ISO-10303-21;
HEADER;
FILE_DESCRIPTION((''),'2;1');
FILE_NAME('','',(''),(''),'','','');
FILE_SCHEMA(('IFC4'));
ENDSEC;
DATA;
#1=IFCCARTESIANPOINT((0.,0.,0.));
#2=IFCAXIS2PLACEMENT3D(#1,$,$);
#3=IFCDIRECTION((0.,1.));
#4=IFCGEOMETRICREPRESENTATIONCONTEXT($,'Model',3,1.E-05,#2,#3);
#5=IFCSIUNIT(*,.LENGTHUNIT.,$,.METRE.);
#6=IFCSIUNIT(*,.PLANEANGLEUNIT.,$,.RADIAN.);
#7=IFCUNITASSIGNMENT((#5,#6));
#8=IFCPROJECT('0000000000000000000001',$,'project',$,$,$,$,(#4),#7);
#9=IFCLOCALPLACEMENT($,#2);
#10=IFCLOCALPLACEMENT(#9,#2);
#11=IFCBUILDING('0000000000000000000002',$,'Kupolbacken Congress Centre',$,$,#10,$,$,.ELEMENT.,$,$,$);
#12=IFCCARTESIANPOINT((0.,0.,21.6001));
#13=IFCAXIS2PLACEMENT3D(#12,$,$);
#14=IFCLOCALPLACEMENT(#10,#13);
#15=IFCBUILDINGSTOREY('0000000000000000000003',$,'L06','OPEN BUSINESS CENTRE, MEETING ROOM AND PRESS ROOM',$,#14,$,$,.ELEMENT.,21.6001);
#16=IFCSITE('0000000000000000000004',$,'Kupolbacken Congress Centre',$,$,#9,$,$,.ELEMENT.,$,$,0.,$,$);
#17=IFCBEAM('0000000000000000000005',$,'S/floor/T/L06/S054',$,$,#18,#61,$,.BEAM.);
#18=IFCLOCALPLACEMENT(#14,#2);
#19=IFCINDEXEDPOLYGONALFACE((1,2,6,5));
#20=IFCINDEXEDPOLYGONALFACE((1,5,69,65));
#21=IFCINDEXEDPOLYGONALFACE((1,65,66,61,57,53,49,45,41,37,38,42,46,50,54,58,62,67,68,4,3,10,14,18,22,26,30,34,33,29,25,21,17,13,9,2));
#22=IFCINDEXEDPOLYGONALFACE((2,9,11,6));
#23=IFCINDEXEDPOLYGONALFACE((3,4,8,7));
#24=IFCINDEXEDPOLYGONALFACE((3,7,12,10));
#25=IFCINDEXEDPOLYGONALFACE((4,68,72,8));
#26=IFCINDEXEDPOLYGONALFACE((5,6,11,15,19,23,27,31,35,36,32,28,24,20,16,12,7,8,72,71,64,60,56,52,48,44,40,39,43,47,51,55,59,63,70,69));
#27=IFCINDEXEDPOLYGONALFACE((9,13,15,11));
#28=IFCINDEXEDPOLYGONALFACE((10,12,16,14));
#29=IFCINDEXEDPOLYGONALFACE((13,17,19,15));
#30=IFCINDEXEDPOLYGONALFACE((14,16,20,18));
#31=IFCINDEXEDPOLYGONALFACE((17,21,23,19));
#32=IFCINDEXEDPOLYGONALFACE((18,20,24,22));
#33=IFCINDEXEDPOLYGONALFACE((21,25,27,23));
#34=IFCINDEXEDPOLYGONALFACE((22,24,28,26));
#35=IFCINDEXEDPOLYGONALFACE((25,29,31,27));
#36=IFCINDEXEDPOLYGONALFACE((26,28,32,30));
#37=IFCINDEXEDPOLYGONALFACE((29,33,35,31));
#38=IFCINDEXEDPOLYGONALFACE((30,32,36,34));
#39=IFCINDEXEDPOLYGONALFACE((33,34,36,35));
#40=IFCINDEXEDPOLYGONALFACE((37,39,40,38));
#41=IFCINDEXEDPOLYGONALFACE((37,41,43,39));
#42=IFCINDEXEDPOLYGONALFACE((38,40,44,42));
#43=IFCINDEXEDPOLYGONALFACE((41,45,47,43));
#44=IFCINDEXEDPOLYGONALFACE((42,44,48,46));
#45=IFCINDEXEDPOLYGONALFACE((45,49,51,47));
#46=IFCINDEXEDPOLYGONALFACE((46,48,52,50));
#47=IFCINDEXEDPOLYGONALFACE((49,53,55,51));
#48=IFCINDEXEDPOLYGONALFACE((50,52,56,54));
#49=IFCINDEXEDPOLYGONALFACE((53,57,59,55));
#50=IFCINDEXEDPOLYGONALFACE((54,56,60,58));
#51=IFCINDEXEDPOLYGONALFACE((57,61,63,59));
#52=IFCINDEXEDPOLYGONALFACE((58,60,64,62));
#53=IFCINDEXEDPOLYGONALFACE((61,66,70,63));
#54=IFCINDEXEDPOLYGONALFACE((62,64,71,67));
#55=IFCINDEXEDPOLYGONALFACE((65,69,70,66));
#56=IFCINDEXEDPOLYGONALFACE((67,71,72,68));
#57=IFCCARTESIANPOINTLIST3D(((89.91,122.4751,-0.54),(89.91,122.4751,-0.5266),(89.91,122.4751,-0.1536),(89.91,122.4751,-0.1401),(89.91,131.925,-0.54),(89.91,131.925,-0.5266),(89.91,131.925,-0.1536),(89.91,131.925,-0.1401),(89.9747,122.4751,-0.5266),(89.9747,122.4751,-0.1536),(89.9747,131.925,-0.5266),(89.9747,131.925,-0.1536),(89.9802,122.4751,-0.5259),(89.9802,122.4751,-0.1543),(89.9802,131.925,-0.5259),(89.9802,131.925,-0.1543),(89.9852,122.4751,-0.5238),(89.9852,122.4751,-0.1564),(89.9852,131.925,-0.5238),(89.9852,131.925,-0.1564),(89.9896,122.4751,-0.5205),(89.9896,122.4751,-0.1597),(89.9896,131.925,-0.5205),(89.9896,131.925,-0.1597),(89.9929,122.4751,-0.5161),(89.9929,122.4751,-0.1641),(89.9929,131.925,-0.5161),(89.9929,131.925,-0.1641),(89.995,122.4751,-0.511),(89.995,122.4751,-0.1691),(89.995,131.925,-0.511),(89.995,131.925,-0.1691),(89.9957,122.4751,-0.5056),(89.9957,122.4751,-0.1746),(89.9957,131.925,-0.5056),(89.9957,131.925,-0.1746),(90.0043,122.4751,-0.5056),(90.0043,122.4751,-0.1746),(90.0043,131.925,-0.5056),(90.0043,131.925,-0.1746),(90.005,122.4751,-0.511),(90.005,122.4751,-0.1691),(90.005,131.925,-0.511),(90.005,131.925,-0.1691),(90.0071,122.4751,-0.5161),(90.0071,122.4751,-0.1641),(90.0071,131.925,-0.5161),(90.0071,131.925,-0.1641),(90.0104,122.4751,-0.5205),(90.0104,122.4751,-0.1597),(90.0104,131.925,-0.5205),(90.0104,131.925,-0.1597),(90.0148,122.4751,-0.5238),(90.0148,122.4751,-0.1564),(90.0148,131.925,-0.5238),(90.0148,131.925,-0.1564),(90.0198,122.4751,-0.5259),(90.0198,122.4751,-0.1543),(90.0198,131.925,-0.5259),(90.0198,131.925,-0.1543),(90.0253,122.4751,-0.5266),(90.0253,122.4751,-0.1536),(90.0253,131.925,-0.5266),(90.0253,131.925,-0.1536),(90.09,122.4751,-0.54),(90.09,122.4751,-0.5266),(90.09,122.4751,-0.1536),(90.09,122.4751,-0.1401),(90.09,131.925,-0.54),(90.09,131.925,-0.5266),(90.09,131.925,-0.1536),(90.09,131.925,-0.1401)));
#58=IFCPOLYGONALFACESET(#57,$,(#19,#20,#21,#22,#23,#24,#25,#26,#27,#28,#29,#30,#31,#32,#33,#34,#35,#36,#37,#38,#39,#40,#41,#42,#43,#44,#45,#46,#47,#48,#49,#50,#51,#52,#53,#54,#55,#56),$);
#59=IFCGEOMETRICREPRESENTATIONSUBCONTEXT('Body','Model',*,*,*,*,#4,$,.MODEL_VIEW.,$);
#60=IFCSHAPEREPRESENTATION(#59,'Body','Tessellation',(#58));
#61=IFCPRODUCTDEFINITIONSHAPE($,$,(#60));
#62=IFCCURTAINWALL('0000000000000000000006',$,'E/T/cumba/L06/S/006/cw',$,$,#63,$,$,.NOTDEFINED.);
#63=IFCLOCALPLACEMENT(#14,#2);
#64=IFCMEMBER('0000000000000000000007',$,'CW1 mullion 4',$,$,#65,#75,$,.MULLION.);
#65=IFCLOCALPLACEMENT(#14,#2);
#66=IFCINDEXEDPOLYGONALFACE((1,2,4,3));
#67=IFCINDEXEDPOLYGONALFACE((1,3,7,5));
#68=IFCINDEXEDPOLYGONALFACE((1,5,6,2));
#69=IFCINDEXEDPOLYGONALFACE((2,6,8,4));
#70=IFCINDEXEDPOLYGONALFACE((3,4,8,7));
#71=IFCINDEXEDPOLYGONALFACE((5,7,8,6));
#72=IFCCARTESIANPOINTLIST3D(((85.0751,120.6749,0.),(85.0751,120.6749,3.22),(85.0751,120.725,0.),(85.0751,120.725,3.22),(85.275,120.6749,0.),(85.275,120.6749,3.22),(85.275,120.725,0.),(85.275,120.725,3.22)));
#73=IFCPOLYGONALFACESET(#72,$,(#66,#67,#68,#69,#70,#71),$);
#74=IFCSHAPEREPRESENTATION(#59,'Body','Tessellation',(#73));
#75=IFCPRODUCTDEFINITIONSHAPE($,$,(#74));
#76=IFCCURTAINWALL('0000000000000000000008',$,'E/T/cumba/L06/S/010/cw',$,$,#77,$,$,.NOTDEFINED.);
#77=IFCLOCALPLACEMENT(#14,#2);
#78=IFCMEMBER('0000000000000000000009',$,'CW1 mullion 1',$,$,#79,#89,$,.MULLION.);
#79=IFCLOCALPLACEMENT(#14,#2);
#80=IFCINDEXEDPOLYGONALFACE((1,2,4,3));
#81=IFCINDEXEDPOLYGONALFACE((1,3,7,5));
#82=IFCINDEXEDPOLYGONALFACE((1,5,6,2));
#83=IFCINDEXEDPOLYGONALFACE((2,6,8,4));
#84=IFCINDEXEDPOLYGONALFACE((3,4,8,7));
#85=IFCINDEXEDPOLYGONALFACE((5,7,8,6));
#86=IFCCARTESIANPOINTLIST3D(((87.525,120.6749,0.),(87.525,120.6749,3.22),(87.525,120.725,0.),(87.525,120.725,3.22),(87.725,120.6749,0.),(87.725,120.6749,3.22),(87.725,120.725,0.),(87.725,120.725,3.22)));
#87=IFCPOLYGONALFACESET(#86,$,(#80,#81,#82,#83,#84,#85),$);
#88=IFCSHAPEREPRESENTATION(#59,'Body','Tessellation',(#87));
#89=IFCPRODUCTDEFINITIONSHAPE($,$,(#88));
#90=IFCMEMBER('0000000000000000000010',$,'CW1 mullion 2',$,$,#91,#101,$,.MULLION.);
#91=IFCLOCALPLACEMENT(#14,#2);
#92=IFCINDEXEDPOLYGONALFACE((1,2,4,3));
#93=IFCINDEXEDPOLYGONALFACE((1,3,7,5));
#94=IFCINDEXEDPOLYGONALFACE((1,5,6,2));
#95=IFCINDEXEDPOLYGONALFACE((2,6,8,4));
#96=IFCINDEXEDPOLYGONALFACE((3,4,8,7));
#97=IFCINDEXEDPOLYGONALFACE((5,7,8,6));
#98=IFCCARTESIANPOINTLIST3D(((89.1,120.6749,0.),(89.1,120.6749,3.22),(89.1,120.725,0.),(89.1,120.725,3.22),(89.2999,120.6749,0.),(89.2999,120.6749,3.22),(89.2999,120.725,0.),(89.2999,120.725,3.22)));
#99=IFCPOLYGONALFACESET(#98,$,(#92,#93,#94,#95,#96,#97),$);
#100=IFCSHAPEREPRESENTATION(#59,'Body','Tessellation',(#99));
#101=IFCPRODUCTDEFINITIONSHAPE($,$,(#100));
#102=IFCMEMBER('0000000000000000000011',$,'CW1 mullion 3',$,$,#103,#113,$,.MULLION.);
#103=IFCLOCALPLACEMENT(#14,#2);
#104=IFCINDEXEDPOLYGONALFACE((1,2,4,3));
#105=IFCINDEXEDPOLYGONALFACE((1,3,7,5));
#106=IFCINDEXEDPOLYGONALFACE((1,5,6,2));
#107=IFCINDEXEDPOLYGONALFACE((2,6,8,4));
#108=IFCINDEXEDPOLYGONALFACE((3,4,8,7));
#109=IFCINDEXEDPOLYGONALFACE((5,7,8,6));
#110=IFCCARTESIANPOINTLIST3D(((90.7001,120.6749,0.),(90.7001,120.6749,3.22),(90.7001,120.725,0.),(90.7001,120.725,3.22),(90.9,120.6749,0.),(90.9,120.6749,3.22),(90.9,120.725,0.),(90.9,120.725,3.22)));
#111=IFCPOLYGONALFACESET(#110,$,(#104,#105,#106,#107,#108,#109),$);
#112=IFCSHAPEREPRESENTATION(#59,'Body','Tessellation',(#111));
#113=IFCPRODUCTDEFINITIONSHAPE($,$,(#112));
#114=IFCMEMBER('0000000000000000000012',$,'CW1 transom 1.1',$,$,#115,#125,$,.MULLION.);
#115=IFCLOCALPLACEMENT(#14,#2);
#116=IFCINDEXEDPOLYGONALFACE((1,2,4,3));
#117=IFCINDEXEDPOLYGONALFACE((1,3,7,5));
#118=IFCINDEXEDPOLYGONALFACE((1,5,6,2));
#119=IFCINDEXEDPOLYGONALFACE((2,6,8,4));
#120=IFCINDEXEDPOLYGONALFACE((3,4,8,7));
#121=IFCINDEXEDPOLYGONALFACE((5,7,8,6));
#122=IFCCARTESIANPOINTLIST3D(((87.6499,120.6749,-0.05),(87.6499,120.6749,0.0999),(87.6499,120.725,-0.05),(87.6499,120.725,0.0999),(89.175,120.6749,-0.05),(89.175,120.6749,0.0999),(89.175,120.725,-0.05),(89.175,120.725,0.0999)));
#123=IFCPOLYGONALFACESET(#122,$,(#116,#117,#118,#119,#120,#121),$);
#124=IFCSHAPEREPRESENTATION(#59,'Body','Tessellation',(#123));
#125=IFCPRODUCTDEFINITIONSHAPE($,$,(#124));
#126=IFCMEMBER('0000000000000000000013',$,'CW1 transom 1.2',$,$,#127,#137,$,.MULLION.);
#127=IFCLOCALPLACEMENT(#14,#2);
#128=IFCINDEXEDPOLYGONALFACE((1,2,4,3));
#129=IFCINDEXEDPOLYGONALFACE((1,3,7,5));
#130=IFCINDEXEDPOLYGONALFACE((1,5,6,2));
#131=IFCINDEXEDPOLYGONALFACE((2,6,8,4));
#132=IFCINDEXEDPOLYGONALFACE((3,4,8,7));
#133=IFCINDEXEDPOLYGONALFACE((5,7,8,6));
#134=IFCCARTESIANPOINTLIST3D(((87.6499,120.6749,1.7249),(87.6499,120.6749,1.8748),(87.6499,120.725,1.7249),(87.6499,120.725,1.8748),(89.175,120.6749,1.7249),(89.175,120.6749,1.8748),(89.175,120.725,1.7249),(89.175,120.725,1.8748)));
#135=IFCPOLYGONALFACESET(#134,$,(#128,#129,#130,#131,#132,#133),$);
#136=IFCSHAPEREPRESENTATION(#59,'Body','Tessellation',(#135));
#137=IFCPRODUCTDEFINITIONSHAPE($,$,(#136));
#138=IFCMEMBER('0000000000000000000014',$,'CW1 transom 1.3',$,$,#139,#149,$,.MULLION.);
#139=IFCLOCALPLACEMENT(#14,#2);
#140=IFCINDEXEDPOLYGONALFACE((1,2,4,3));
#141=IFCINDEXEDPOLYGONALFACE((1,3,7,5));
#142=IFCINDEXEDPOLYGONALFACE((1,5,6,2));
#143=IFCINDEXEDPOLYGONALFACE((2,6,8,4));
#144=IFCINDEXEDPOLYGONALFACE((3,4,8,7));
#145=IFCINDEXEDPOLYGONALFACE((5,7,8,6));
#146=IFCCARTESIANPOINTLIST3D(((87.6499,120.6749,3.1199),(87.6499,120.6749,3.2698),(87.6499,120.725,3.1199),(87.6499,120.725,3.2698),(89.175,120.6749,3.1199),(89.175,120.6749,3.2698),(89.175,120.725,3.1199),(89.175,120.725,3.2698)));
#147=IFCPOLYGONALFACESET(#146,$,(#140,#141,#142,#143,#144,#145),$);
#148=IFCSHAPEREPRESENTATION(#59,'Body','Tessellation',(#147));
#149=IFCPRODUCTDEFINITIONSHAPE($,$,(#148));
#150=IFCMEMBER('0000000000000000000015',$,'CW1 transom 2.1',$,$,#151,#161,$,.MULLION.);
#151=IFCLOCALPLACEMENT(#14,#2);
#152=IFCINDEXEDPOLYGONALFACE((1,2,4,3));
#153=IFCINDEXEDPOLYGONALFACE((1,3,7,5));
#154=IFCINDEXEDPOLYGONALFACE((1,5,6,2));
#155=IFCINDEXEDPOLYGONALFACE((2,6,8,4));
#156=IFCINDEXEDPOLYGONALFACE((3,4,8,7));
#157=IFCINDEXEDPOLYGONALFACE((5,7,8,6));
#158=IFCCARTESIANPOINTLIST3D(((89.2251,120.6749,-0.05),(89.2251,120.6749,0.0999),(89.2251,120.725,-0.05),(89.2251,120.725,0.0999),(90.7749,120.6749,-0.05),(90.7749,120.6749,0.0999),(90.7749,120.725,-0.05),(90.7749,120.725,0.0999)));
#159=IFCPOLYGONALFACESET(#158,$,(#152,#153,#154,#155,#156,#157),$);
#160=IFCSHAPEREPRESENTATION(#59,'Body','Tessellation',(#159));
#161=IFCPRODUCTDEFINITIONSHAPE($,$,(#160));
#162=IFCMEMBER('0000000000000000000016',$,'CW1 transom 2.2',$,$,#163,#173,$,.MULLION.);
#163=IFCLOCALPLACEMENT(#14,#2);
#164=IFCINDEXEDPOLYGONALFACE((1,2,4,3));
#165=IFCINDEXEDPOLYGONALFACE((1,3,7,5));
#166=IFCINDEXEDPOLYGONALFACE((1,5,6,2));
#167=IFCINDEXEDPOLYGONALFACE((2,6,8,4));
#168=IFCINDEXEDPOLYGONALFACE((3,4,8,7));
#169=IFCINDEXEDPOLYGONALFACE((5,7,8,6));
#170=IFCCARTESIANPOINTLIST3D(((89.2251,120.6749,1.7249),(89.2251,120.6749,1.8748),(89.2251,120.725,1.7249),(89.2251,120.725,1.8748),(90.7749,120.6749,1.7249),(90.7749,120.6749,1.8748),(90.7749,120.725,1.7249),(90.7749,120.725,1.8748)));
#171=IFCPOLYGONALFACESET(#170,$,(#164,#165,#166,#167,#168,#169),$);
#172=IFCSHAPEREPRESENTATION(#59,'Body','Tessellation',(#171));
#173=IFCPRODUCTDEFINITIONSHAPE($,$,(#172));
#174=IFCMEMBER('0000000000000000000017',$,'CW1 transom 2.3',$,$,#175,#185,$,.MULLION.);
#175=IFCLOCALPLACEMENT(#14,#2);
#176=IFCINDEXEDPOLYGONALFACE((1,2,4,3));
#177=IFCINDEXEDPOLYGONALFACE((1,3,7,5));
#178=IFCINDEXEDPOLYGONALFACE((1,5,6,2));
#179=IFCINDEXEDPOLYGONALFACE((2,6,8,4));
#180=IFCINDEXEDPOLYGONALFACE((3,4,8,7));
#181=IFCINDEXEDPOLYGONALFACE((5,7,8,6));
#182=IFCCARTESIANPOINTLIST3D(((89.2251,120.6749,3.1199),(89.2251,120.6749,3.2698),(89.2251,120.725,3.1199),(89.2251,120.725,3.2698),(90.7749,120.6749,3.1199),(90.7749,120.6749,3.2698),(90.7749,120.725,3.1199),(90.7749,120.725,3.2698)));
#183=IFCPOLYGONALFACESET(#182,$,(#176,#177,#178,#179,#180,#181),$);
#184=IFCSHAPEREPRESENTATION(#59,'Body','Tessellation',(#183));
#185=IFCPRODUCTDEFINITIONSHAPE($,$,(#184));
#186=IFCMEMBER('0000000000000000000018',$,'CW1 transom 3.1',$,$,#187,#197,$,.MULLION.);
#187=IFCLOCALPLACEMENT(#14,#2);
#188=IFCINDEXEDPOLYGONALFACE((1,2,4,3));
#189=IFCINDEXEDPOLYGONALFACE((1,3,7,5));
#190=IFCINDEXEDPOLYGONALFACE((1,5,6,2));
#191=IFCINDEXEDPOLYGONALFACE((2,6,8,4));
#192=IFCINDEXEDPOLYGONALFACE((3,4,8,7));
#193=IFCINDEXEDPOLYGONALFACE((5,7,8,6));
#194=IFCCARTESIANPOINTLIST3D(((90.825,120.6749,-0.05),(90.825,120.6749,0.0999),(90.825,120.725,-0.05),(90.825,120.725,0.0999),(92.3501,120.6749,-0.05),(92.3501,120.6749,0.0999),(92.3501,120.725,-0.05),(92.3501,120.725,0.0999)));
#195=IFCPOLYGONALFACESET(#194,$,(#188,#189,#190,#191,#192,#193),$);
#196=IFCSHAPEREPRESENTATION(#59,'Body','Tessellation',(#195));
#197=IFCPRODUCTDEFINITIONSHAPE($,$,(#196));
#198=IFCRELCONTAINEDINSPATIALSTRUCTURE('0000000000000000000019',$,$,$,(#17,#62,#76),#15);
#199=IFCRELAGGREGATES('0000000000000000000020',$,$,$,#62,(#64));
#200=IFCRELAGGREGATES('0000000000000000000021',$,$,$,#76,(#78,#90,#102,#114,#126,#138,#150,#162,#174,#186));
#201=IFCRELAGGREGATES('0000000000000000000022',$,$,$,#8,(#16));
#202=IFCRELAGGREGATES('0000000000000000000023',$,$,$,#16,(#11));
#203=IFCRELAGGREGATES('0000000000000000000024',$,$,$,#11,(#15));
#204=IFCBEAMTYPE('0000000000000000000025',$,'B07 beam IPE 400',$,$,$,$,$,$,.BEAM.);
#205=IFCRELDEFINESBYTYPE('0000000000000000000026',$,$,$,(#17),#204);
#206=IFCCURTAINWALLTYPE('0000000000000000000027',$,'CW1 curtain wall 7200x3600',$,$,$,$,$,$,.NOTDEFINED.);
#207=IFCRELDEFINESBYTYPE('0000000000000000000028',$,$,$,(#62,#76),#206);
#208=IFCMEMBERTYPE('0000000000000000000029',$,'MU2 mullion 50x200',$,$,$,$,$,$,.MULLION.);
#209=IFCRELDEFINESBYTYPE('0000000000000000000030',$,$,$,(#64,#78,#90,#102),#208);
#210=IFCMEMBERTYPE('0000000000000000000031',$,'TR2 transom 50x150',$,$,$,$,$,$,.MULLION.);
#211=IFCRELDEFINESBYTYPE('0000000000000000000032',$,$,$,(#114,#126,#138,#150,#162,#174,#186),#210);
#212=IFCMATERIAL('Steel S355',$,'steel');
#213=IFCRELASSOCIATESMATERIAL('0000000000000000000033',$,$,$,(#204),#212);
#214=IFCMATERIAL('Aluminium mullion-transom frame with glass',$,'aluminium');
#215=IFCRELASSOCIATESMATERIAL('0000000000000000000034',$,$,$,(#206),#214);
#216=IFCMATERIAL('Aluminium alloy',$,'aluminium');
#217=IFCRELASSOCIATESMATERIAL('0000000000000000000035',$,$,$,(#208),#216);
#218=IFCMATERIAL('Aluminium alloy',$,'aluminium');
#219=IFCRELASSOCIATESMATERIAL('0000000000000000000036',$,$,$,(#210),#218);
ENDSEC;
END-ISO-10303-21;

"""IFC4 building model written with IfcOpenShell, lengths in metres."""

from ifc_helpers import new_model, si_unit, direction, frame, origin, origin_2d, place, context, subcontext, project, spatial, rectangle, i_section, extrude, material, material_profile, profile_set, type_object, element, aggregate, save


model = new_model("IFC4")

# Units and contexts
model_context = context("Model", 3, precision=1e-05, world=origin(), true_north=direction((0.0, 1.0)))
body_context = subcontext(model_context, "Body", "Model", "MODEL_VIEW")
ifc_project = project(units=[si_unit("LENGTHUNIT", "METRE"), si_unit("PLANEANGLEUNIT", "RADIAN")], contexts=[model_context])

# Site, building, storey
site_placement = place(None, origin())
site = spatial("IfcSite", under=ifc_project, at=site_placement, Name="Kupolbacken Congress Centre", CompositionType="ELEMENT", RefElevation=0.0)
building_placement = place(site_placement, origin())
building = spatial("IfcBuilding", under=site, at=building_placement, Name="Kupolbacken Congress Centre", CompositionType="ELEMENT")
storey_placement = place(building_placement, frame((0.0, 0.0, 21.6001)))
storey = spatial("IfcBuildingStorey", under=building, at=storey_placement, Name="L06", Description="OPEN BUSINESS CENTRE, MEETING ROOM AND PRESS ROOM", CompositionType="ELEMENT", Elevation=21.6001)

# Beam
ifc_material_1 = material(Name="Steel S355", Category="steel")
ifc_material_profile_1 = material_profile(ifc_material_1, i_section(OverallWidth=0.1799, OverallDepth=0.3999, WebThickness=0.0085, FlangeThickness=0.0134, FilletRadius=0.021, at=origin_2d()), Name="IPE 400")
ifc_profile_set_1 = profile_set([ifc_material_profile_1], Name="Steel S355")
beam_type_1 = type_object("IfcBeamType", Name="B07 beam IPE 400", PredefinedType="BEAM", material=ifc_profile_set_1)
beam_1_placement = place(storey_placement, frame((90.0, 122.4751, -0.3401), z_axis=(0.0, 1.0, 0.0), x_axis=(-1.0, 0.0, 0.0)))
element("IfcBeam", 1, at=beam_1_placement, inside=storey, type_object=beam_type_1, Name="S/floor/T/L06/S054", PredefinedType="BEAM", context=body_context, shape_type="SweptSolid", body=[
    extrude(i_section(OverallWidth=0.1799, OverallDepth=0.3999, WebThickness=0.0085, FlangeThickness=0.0134, FilletRadius=0.021, at=origin_2d()), origin(), (0.0, 0.0, 1.0), 9.45),
])

# Curtain wall, member
ifc_material_2 = material(Name="Aluminium mullion-transom frame with glass", Category="aluminium")
curtain_wall_type = type_object("IfcCurtainWallType", Name="CW1 curtain wall 7200x3600", PredefinedType="NOTDEFINED", material=ifc_material_2)
curtain_wall_1_placement = place(storey_placement, origin())
curtain_wall_1 = element("IfcCurtainWall", 2, at=curtain_wall_1_placement, inside=storey, type_object=curtain_wall_type, Name="E/T/cumba/L06/S/006/cw", PredefinedType="NOTDEFINED")
ifc_material_3 = material(Name="Aluminium alloy", Category="aluminium")
ifc_material_profile_2 = material_profile(ifc_material_3, rectangle(XDim=0.05, YDim=0.2, at=origin_2d()), Name="50 x 200")
ifc_profile_set_2 = profile_set([ifc_material_profile_2], Name="Aluminium alloy")
member_type_1 = type_object("IfcMemberType", Name="MU2 mullion 50x200", PredefinedType="MULLION", material=ifc_profile_set_2)
member_1_placement = place(storey_placement, frame((85.175, 120.7, 0.0), z_axis=(0.0, 0.0, 1.0), x_axis=(0.0, 1.0, 0.0)))
member_1 = element("IfcMember", 3, at=member_1_placement, type_object=member_type_1, Name="CW1 mullion 4", PredefinedType="MULLION", context=body_context, shape_type="SweptSolid", body=[
    extrude(rectangle(XDim=0.05, YDim=0.2, at=origin_2d()), origin(), (0.0, 0.0, 1.0), 3.22),
])
aggregate(curtain_wall_1, [member_1])

# Curtain wall, members
curtain_wall_2_placement = place(storey_placement, origin())
curtain_wall_2 = element("IfcCurtainWall", 4, at=curtain_wall_2_placement, inside=storey, type_object=curtain_wall_type, Name="E/T/cumba/L06/S/010/cw", PredefinedType="NOTDEFINED")
member_2_placement = place(storey_placement, frame((87.625, 120.7, 0.0), z_axis=(0.0, 0.0, 1.0), x_axis=(0.0, 1.0, 0.0)))
member_2 = element("IfcMember", 5, at=member_2_placement, type_object=member_type_1, Name="CW1 mullion 1", PredefinedType="MULLION", context=body_context, shape_type="SweptSolid", body=[
    extrude(rectangle(XDim=0.05, YDim=0.2, at=origin_2d()), origin(), (0.0, 0.0, 1.0), 3.22),
])
member_3_placement = place(storey_placement, frame((89.2, 120.7, 0.0), z_axis=(0.0, 0.0, 1.0), x_axis=(0.0, 1.0, 0.0)))
member_3 = element("IfcMember", 6, at=member_3_placement, type_object=member_type_1, Name="CW1 mullion 2", PredefinedType="MULLION", context=body_context, shape_type="SweptSolid", body=[
    extrude(rectangle(XDim=0.05, YDim=0.2, at=origin_2d()), origin(), (0.0, 0.0, 1.0), 3.22),
])
member_4_placement = place(storey_placement, frame((90.8, 120.7, 0.0), z_axis=(0.0, 0.0, 1.0), x_axis=(0.0, 1.0, 0.0)))
member_4 = element("IfcMember", 7, at=member_4_placement, type_object=member_type_1, Name="CW1 mullion 3", PredefinedType="MULLION", context=body_context, shape_type="SweptSolid", body=[
    extrude(rectangle(XDim=0.05, YDim=0.2, at=origin_2d()), origin(), (0.0, 0.0, 1.0), 3.22),
])
ifc_material_4 = material(Name="Aluminium alloy", Category="aluminium")
ifc_material_profile_3 = material_profile(ifc_material_4, rectangle(XDim=0.05, YDim=0.1499, at=origin_2d()), Name="50 x 150")
ifc_profile_set_3 = profile_set([ifc_material_profile_3], Name="Aluminium alloy")
member_type_2 = type_object("IfcMemberType", Name="TR2 transom 50x150", PredefinedType="MULLION", material=ifc_profile_set_3)
member_5_placement = place(storey_placement, frame((87.6499, 120.7, 0.0249), z_axis=(1.0, 0.0, 0.0), x_axis=(0.0, 1.0, 0.0)))
member_5 = element("IfcMember", 8, at=member_5_placement, type_object=member_type_2, Name="CW1 transom 1.1", PredefinedType="MULLION", context=body_context, shape_type="SweptSolid", body=[
    extrude(rectangle(XDim=0.05, YDim=0.1499, at=origin_2d()), origin(), (0.0, 0.0, 1.0), 1.5251),
])
member_6_placement = place(storey_placement, frame((87.6499, 120.7, 1.7998), z_axis=(1.0, 0.0, 0.0), x_axis=(0.0, 1.0, 0.0)))
member_6 = element("IfcMember", 9, at=member_6_placement, type_object=member_type_2, Name="CW1 transom 1.2", PredefinedType="MULLION", context=body_context, shape_type="SweptSolid", body=[
    extrude(rectangle(XDim=0.05, YDim=0.1499, at=origin_2d()), origin(), (0.0, 0.0, 1.0), 1.5251),
])
member_7_placement = place(storey_placement, frame((87.6499, 120.7, 3.1948), z_axis=(1.0, 0.0, 0.0), x_axis=(0.0, 1.0, 0.0)))
member_7 = element("IfcMember", 10, at=member_7_placement, type_object=member_type_2, Name="CW1 transom 1.3", PredefinedType="MULLION", context=body_context, shape_type="SweptSolid", body=[
    extrude(rectangle(XDim=0.05, YDim=0.1499, at=origin_2d()), origin(), (0.0, 0.0, 1.0), 1.5251),
])
member_8_placement = place(storey_placement, frame((89.2251, 120.7, 0.0249), z_axis=(1.0, 0.0, 0.0), x_axis=(0.0, 1.0, 0.0)))
member_8 = element("IfcMember", 11, at=member_8_placement, type_object=member_type_2, Name="CW1 transom 2.1", PredefinedType="MULLION", context=body_context, shape_type="SweptSolid", body=[
    extrude(rectangle(XDim=0.05, YDim=0.1499, at=origin_2d()), origin(), (0.0, 0.0, 1.0), 1.5498),
])
member_9_placement = place(storey_placement, frame((89.2251, 120.7, 1.7998), z_axis=(1.0, 0.0, 0.0), x_axis=(0.0, 1.0, 0.0)))
member_9 = element("IfcMember", 12, at=member_9_placement, type_object=member_type_2, Name="CW1 transom 2.2", PredefinedType="MULLION", context=body_context, shape_type="SweptSolid", body=[
    extrude(rectangle(XDim=0.05, YDim=0.1499, at=origin_2d()), origin(), (0.0, 0.0, 1.0), 1.5498),
])
member_10_placement = place(storey_placement, frame((89.2251, 120.7, 3.1948), z_axis=(1.0, 0.0, 0.0), x_axis=(0.0, 1.0, 0.0)))
member_10 = element("IfcMember", 13, at=member_10_placement, type_object=member_type_2, Name="CW1 transom 2.3", PredefinedType="MULLION", context=body_context, shape_type="SweptSolid", body=[
    extrude(rectangle(XDim=0.05, YDim=0.1499, at=origin_2d()), origin(), (0.0, 0.0, 1.0), 1.5498),
])
member_11_placement = place(storey_placement, frame((90.825, 120.7, 0.0249), z_axis=(1.0, 0.0, 0.0), x_axis=(0.0, 1.0, 0.0)))
member_11 = element("IfcMember", 14, at=member_11_placement, type_object=member_type_2, Name="CW1 transom 3.1", PredefinedType="MULLION", context=body_context, shape_type="SweptSolid", body=[
    extrude(rectangle(XDim=0.05, YDim=0.1499, at=origin_2d()), origin(), (0.0, 0.0, 1.0), 1.5251),
])
aggregate(curtain_wall_2, [member_2, member_3, member_4, member_5, member_6, member_7, member_8, member_9, member_10, member_11])

save(model, "model.ifc")
